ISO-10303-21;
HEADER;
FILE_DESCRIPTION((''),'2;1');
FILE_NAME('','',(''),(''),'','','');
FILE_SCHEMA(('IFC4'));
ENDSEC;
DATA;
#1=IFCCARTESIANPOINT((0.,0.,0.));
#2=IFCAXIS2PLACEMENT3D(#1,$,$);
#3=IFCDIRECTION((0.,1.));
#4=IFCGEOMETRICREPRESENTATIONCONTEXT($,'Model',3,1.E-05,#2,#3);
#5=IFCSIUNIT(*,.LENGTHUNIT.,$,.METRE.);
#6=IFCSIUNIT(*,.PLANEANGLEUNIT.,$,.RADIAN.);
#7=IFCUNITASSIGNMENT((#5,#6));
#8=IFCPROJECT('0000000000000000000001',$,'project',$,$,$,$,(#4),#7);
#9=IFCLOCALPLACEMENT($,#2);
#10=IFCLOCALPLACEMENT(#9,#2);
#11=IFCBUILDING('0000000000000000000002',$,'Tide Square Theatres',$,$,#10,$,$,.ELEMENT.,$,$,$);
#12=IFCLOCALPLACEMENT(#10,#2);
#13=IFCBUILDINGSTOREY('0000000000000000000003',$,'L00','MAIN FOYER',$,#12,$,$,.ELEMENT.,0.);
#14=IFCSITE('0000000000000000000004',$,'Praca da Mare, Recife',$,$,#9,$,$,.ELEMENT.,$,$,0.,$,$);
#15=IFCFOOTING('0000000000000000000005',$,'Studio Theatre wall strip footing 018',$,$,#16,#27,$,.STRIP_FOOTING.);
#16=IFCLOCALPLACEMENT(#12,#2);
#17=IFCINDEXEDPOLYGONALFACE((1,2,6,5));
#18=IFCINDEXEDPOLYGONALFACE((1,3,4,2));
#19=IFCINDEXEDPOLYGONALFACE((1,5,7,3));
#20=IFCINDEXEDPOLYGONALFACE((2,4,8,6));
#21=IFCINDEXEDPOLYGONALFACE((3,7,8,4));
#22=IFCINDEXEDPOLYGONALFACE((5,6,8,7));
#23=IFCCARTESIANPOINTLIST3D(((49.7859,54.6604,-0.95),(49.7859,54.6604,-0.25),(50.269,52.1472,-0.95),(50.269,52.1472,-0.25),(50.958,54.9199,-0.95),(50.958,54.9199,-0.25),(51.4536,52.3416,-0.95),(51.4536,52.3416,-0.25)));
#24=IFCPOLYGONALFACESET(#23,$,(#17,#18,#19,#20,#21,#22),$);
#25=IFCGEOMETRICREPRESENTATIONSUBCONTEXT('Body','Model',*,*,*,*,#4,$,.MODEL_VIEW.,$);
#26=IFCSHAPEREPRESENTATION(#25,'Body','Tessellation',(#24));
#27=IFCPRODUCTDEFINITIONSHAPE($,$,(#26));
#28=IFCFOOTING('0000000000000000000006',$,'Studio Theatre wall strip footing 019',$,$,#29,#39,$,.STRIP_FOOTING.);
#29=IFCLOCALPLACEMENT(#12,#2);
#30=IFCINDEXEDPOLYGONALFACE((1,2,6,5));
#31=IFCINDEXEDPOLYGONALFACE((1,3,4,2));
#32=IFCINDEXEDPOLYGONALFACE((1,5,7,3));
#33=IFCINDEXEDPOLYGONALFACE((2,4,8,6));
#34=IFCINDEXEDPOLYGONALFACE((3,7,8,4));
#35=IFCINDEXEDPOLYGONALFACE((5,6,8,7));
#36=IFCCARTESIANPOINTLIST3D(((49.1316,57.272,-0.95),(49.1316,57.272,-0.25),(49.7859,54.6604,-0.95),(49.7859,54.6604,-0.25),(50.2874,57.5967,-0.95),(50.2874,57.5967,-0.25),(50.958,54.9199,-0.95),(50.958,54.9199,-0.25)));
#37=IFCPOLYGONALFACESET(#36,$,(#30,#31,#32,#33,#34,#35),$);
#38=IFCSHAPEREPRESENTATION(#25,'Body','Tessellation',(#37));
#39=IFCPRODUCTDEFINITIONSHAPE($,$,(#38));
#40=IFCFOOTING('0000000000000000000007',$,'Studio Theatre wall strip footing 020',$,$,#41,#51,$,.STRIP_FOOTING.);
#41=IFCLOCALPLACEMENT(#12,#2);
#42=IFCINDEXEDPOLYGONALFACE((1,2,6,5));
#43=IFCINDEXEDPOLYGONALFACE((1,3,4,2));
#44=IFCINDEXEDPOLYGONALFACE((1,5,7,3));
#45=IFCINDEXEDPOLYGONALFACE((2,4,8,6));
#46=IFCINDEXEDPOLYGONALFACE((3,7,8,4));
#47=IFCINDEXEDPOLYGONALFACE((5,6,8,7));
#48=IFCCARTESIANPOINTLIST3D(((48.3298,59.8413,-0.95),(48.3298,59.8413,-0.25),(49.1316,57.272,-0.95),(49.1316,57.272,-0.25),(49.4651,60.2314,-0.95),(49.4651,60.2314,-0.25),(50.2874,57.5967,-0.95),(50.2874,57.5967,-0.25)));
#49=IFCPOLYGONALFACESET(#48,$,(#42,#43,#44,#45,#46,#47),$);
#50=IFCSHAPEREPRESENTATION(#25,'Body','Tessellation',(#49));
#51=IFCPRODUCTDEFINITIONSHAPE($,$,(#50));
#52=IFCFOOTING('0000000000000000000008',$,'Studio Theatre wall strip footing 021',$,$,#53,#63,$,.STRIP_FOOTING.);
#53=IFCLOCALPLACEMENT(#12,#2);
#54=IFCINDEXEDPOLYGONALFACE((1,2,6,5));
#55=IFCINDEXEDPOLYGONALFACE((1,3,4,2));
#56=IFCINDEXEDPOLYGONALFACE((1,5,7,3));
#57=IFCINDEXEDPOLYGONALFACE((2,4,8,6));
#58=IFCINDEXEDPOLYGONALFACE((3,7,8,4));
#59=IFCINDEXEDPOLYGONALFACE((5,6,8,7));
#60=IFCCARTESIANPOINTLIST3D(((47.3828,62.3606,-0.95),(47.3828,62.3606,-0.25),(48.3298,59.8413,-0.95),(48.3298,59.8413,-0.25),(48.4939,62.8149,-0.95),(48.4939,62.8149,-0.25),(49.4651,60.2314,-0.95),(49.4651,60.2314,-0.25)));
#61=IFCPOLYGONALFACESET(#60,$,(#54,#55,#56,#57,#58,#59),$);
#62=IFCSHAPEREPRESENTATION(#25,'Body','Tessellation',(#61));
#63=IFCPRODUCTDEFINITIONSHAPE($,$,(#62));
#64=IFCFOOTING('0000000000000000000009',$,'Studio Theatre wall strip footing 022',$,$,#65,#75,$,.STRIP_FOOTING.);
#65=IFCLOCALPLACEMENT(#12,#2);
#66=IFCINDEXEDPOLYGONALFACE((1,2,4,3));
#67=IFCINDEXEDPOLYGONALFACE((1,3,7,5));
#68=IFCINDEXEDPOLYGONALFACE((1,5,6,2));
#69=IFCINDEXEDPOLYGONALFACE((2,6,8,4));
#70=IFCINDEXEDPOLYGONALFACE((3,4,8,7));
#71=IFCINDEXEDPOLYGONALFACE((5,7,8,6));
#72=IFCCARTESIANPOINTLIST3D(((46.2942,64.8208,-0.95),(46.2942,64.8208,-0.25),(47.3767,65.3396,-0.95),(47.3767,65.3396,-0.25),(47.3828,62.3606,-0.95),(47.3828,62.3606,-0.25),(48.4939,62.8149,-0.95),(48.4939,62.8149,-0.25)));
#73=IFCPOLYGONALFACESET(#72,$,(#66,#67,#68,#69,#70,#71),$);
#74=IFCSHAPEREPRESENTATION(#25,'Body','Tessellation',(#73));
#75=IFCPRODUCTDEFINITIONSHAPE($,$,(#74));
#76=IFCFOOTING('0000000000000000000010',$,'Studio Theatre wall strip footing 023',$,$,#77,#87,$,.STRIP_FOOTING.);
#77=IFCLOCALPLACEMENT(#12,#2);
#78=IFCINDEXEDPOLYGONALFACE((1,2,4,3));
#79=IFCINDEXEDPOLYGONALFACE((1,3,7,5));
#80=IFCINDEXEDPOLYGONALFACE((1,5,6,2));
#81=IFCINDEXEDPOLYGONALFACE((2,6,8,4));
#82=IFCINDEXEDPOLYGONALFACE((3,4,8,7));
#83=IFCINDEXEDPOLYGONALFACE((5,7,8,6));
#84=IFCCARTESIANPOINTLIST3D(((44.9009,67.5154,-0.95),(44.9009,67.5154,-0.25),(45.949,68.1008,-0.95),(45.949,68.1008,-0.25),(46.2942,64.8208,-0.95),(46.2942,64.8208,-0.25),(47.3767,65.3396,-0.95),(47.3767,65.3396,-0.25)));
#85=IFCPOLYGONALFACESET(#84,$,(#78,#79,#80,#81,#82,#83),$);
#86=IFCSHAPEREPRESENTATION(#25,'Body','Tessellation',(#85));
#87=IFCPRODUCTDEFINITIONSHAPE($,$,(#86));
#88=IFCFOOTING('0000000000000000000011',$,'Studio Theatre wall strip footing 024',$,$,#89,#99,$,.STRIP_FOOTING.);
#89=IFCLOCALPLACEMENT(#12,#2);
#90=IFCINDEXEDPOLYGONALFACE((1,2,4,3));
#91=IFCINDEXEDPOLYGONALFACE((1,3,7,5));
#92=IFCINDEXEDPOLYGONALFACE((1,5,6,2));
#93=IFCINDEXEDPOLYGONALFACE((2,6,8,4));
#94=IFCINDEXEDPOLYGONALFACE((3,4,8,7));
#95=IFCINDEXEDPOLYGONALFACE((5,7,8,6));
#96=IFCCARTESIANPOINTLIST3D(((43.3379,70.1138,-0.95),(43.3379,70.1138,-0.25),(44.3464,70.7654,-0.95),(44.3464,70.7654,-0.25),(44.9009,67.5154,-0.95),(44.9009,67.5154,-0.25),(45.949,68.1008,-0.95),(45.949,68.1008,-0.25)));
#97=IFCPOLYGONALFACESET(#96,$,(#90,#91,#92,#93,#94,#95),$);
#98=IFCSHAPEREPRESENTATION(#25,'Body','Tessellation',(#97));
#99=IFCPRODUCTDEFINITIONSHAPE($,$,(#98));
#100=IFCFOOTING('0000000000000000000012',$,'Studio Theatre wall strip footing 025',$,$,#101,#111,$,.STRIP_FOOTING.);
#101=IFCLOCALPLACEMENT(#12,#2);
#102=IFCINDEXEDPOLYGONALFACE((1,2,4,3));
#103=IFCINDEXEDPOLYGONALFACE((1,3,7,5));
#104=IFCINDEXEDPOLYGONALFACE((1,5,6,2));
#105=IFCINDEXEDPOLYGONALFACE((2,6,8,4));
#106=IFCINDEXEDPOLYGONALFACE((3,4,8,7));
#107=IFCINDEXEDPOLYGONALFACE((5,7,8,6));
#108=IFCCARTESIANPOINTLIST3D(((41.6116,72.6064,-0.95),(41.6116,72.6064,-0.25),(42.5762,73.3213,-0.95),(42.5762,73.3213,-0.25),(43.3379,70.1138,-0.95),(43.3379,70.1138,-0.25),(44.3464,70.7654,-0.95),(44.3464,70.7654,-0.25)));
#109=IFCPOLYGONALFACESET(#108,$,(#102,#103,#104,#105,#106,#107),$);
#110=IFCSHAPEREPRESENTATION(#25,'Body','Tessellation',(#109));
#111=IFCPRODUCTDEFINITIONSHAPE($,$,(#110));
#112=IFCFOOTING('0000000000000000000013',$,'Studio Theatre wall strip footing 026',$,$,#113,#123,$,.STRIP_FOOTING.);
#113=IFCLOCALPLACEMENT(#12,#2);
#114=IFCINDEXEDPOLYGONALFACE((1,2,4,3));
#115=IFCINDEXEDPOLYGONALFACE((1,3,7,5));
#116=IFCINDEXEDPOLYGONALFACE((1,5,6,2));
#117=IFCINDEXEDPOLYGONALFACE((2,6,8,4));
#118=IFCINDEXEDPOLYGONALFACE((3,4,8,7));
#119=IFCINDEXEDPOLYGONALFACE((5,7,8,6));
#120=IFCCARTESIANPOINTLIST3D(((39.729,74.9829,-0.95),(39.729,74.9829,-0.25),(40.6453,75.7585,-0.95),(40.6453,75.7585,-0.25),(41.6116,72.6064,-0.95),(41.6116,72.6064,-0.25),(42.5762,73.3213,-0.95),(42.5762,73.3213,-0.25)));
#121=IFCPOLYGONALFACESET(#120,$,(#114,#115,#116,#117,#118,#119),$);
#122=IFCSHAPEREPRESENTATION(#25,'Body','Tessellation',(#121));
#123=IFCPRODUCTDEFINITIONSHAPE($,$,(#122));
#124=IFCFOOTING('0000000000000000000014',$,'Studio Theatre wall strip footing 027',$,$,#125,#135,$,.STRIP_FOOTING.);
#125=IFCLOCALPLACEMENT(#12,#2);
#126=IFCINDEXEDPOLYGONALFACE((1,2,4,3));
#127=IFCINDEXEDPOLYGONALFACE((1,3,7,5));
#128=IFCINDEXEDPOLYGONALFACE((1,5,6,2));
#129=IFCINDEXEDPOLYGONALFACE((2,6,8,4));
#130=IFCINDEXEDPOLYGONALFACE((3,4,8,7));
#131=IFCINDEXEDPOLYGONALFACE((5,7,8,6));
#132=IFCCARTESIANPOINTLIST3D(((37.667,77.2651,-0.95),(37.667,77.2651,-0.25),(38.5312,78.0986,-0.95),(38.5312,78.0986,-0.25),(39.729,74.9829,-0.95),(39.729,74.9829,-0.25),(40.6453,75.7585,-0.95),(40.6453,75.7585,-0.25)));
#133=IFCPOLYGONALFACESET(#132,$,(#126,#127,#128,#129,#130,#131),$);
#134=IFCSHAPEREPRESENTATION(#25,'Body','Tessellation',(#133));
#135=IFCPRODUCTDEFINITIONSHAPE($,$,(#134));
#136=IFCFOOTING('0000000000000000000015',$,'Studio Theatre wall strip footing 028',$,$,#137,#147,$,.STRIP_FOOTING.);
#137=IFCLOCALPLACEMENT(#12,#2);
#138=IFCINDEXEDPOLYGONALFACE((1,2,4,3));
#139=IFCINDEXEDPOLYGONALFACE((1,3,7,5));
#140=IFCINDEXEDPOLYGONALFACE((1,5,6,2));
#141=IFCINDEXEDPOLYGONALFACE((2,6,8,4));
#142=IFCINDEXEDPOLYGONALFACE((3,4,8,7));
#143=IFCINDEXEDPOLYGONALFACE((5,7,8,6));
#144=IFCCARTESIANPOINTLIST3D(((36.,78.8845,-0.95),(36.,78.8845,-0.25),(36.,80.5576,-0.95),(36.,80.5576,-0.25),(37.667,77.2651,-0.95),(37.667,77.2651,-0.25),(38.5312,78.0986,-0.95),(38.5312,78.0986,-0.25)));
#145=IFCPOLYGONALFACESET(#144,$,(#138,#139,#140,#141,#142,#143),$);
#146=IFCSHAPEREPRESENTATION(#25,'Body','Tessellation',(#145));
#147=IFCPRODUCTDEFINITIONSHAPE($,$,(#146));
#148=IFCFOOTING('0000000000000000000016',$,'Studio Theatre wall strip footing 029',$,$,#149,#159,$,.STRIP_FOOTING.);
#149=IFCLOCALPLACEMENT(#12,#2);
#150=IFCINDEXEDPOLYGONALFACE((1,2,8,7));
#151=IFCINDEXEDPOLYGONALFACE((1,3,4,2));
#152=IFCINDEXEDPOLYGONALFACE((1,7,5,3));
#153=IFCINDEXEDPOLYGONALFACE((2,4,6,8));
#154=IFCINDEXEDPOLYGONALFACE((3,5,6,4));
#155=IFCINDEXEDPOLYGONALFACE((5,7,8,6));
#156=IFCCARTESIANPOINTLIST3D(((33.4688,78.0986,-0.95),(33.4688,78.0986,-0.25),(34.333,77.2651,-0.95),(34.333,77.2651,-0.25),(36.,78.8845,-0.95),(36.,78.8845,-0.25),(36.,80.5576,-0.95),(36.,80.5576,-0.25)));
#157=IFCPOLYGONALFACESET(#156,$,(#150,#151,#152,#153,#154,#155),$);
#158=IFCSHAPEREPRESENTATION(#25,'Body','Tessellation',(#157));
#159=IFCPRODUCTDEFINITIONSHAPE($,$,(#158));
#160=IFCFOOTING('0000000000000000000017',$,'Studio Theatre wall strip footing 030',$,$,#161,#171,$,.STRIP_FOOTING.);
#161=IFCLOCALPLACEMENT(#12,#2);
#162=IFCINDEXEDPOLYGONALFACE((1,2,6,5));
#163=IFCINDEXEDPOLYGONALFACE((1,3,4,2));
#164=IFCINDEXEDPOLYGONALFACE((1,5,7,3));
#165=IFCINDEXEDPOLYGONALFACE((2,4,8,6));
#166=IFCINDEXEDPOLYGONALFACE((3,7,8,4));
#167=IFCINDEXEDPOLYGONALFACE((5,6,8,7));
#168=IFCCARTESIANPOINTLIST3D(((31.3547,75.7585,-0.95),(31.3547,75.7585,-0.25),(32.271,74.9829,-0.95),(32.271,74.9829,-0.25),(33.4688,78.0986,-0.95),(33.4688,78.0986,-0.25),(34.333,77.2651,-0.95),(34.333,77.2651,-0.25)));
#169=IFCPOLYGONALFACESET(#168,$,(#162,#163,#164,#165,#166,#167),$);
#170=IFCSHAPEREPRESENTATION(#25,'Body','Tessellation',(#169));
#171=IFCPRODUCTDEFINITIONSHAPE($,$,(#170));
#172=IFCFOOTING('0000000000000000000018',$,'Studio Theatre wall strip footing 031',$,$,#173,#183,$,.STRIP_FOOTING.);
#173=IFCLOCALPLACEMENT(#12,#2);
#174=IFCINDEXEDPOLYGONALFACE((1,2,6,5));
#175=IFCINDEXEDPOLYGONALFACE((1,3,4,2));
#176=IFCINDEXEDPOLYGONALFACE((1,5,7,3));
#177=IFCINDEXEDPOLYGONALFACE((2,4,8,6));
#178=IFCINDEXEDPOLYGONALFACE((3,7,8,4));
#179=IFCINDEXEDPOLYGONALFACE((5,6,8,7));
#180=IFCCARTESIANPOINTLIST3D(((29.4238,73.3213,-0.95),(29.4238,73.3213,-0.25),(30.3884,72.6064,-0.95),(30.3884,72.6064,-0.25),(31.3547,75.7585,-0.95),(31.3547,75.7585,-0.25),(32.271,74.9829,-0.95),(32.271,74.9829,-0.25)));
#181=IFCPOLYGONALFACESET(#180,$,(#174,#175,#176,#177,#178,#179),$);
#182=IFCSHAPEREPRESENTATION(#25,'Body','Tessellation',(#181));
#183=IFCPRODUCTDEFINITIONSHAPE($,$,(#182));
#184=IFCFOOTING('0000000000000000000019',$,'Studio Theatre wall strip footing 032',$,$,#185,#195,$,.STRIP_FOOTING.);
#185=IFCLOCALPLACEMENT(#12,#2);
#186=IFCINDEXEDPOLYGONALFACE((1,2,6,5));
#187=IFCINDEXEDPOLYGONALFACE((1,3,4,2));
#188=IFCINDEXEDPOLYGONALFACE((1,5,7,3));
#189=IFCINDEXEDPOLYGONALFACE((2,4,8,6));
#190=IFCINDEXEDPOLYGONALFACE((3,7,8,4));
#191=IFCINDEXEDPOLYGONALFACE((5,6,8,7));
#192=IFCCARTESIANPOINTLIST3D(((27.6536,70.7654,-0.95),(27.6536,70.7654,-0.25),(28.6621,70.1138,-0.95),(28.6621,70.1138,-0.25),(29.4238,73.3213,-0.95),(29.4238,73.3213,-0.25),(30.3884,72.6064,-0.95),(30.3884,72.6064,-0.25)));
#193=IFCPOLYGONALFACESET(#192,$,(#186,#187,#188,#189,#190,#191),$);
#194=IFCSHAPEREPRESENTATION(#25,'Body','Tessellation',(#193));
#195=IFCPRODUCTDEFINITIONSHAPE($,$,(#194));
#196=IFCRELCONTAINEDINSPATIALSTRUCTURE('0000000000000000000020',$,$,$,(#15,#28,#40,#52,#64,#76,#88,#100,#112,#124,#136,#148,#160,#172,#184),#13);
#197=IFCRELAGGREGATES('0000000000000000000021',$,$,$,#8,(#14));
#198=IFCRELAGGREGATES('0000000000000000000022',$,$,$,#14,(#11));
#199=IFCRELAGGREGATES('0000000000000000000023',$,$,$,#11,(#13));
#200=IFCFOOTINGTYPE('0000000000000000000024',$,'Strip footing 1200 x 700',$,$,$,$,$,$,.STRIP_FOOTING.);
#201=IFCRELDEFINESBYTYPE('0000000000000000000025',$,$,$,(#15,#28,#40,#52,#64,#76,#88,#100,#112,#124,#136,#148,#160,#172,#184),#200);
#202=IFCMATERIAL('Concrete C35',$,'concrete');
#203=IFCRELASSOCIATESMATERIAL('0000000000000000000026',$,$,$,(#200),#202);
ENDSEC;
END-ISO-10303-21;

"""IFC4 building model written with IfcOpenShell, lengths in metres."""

from ifc_helpers import new_model, si_unit, direction, frame, origin, place, context, subcontext, project, spatial, polyline, outline, extrude, material, type_object, element, save


model = new_model("IFC4")

# Units and contexts
model_context = context("Model", 3, precision=1e-05, world=origin(), true_north=direction((0.0, 1.0)))
body_context = subcontext(model_context, "Body", "Model", "MODEL_VIEW")
ifc_project = project(units=[si_unit("LENGTHUNIT", "METRE"), si_unit("PLANEANGLEUNIT", "RADIAN")], contexts=[model_context])

# Site, building, storey
site_placement = place(None, origin())
site = spatial("IfcSite", under=ifc_project, at=site_placement, Name="Praca da Mare, Recife", CompositionType="ELEMENT", RefElevation=0.0)
building_placement = place(site_placement, origin())
building = spatial("IfcBuilding", under=site, at=building_placement, Name="Tide Square Theatres", CompositionType="ELEMENT")
storey_placement = place(building_placement, origin())
storey = spatial("IfcBuildingStorey", under=building, at=storey_placement, Name="L00", Description="MAIN FOYER", CompositionType="ELEMENT", Elevation=0.0)

# Footings
ifc_material = material(Name="Concrete C35", Category="concrete")
footing_type = type_object("IfcFootingType", Name="Strip footing 1200 x 700", PredefinedType="STRIP_FOOTING", material=ifc_material)
footing_1_placement = place(storey_placement, frame((0.0, 0.0, -0.95)))
element("IfcFooting", 1, at=footing_1_placement, inside=storey, type_object=footing_type, Name="Studio Theatre wall strip footing 018", PredefinedType="STRIP_FOOTING", context=body_context, shape_type="SweptSolid", body=[
    extrude(outline(polyline([(51.4536, 52.3416), (50.958, 54.9199), (49.7859, 54.6604), (50.269, 52.1472), (51.4536, 52.3416)])), origin(), (0.0, 0.0, 1.0), 0.7),
])
footing_2_placement = place(storey_placement, frame((0.0, 0.0, -0.95)))
element("IfcFooting", 2, at=footing_2_placement, inside=storey, type_object=footing_type, Name="Studio Theatre wall strip footing 019", PredefinedType="STRIP_FOOTING", context=body_context, shape_type="SweptSolid", body=[
    extrude(outline(polyline([(50.958, 54.9199), (50.2874, 57.5967), (49.1316, 57.272), (49.7859, 54.6604), (50.958, 54.9199)])), origin(), (0.0, 0.0, 1.0), 0.7),
])
footing_3_placement = place(storey_placement, frame((0.0, 0.0, -0.95)))
element("IfcFooting", 3, at=footing_3_placement, inside=storey, type_object=footing_type, Name="Studio Theatre wall strip footing 020", PredefinedType="STRIP_FOOTING", context=body_context, shape_type="SweptSolid", body=[
    extrude(outline(polyline([(50.2874, 57.5967), (49.4651, 60.2314), (48.3298, 59.8413), (49.1316, 57.272), (50.2874, 57.5967)])), origin(), (0.0, 0.0, 1.0), 0.7),
])
footing_4_placement = place(storey_placement, frame((0.0, 0.0, -0.95)))
element("IfcFooting", 4, at=footing_4_placement, inside=storey, type_object=footing_type, Name="Studio Theatre wall strip footing 021", PredefinedType="STRIP_FOOTING", context=body_context, shape_type="SweptSolid", body=[
    extrude(outline(polyline([(49.4651, 60.2314), (48.4939, 62.8149), (47.3828, 62.3606), (48.3298, 59.8413), (49.4651, 60.2314)])), origin(), (0.0, 0.0, 1.0), 0.7),
])
footing_5_placement = place(storey_placement, frame((0.0, 0.0, -0.95)))
element("IfcFooting", 5, at=footing_5_placement, inside=storey, type_object=footing_type, Name="Studio Theatre wall strip footing 022", PredefinedType="STRIP_FOOTING", context=body_context, shape_type="SweptSolid", body=[
    extrude(outline(polyline([(48.4939, 62.8149), (47.3767, 65.3396), (46.2942, 64.8208), (47.3828, 62.3606), (48.4939, 62.8149)])), origin(), (0.0, 0.0, 1.0), 0.7),
])
footing_6_placement = place(storey_placement, frame((0.0, 0.0, -0.95)))
element("IfcFooting", 6, at=footing_6_placement, inside=storey, type_object=footing_type, Name="Studio Theatre wall strip footing 023", PredefinedType="STRIP_FOOTING", context=body_context, shape_type="SweptSolid", body=[
    extrude(outline(polyline([(47.3767, 65.3396), (45.949, 68.1008), (44.9009, 67.5154), (46.2942, 64.8208), (47.3767, 65.3396)])), origin(), (0.0, 0.0, 1.0), 0.7),
])
footing_7_placement = place(storey_placement, frame((0.0, 0.0, -0.95)))
element("IfcFooting", 7, at=footing_7_placement, inside=storey, type_object=footing_type, Name="Studio Theatre wall strip footing 024", PredefinedType="STRIP_FOOTING", context=body_context, shape_type="SweptSolid", body=[
    extrude(outline(polyline([(45.949, 68.1008), (44.3464, 70.7654), (43.3379, 70.1138), (44.9009, 67.5154), (45.949, 68.1008)])), origin(), (0.0, 0.0, 1.0), 0.7),
])
footing_8_placement = place(storey_placement, frame((0.0, 0.0, -0.95)))
element("IfcFooting", 8, at=footing_8_placement, inside=storey, type_object=footing_type, Name="Studio Theatre wall strip footing 025", PredefinedType="STRIP_FOOTING", context=body_context, shape_type="SweptSolid", body=[
    extrude(outline(polyline([(44.3464, 70.7654), (42.5762, 73.3213), (41.6116, 72.6064), (43.3379, 70.1138), (44.3464, 70.7654)])), origin(), (0.0, 0.0, 1.0), 0.7),
])
footing_9_placement = place(storey_placement, frame((0.0, 0.0, -0.95)))
element("IfcFooting", 9, at=footing_9_placement, inside=storey, type_object=footing_type, Name="Studio Theatre wall strip footing 026", PredefinedType="STRIP_FOOTING", context=body_context, shape_type="SweptSolid", body=[
    extrude(outline(polyline([(42.5762, 73.3213), (40.6453, 75.7585), (39.729, 74.9829), (41.6116, 72.6064), (42.5762, 73.3213)])), origin(), (0.0, 0.0, 1.0), 0.7),
])
footing_10_placement = place(storey_placement, frame((0.0, 0.0, -0.95)))
element("IfcFooting", 10, at=footing_10_placement, inside=storey, type_object=footing_type, Name="Studio Theatre wall strip footing 027", PredefinedType="STRIP_FOOTING", context=body_context, shape_type="SweptSolid", body=[
    extrude(outline(polyline([(40.6453, 75.7585), (38.5312, 78.0986), (37.667, 77.2651), (39.729, 74.9829), (40.6453, 75.7585)])), origin(), (0.0, 0.0, 1.0), 0.7),
])
footing_11_placement = place(storey_placement, frame((0.0, 0.0, -0.95)))
element("IfcFooting", 11, at=footing_11_placement, inside=storey, type_object=footing_type, Name="Studio Theatre wall strip footing 028", PredefinedType="STRIP_FOOTING", context=body_context, shape_type="SweptSolid", body=[
    extrude(outline(polyline([(38.5312, 78.0986), (36.0, 80.5576), (36.0, 78.8845), (37.667, 77.2651), (38.5312, 78.0986)])), origin(), (0.0, 0.0, 1.0), 0.7),
])
footing_12_placement = place(storey_placement, frame((0.0, 0.0, -0.95)))
element("IfcFooting", 12, at=footing_12_placement, inside=storey, type_object=footing_type, Name="Studio Theatre wall strip footing 029", PredefinedType="STRIP_FOOTING", context=body_context, shape_type="SweptSolid", body=[
    extrude(outline(polyline([(36.0, 80.5576), (33.4688, 78.0986), (34.333, 77.2651), (36.0, 78.8845), (36.0, 80.5576)])), origin(), (0.0, 0.0, 1.0), 0.7),
])
footing_13_placement = place(storey_placement, frame((0.0, 0.0, -0.95)))
element("IfcFooting", 13, at=footing_13_placement, inside=storey, type_object=footing_type, Name="Studio Theatre wall strip footing 030", PredefinedType="STRIP_FOOTING", context=body_context, shape_type="SweptSolid", body=[
    extrude(outline(polyline([(33.4688, 78.0986), (31.3547, 75.7585), (32.271, 74.9829), (34.333, 77.2651), (33.4688, 78.0986)])), origin(), (0.0, 0.0, 1.0), 0.7),
])
footing_14_placement = place(storey_placement, frame((0.0, 0.0, -0.95)))
element("IfcFooting", 14, at=footing_14_placement, inside=storey, type_object=footing_type, Name="Studio Theatre wall strip footing 031", PredefinedType="STRIP_FOOTING", context=body_context, shape_type="SweptSolid", body=[
    extrude(outline(polyline([(31.3547, 75.7585), (29.4238, 73.3213), (30.3884, 72.6064), (32.271, 74.9829), (31.3547, 75.7585)])), origin(), (0.0, 0.0, 1.0), 0.7),
])
footing_15_placement = place(storey_placement, frame((0.0, 0.0, -0.95)))
element("IfcFooting", 15, at=footing_15_placement, inside=storey, type_object=footing_type, Name="Studio Theatre wall strip footing 032", PredefinedType="STRIP_FOOTING", context=body_context, shape_type="SweptSolid", body=[
    extrude(outline(polyline([(29.4238, 73.3213), (27.6536, 70.7654), (28.6621, 70.1138), (30.3884, 72.6064), (29.4238, 73.3213)])), origin(), (0.0, 0.0, 1.0), 0.7),
])

save(model, "model.ifc")
